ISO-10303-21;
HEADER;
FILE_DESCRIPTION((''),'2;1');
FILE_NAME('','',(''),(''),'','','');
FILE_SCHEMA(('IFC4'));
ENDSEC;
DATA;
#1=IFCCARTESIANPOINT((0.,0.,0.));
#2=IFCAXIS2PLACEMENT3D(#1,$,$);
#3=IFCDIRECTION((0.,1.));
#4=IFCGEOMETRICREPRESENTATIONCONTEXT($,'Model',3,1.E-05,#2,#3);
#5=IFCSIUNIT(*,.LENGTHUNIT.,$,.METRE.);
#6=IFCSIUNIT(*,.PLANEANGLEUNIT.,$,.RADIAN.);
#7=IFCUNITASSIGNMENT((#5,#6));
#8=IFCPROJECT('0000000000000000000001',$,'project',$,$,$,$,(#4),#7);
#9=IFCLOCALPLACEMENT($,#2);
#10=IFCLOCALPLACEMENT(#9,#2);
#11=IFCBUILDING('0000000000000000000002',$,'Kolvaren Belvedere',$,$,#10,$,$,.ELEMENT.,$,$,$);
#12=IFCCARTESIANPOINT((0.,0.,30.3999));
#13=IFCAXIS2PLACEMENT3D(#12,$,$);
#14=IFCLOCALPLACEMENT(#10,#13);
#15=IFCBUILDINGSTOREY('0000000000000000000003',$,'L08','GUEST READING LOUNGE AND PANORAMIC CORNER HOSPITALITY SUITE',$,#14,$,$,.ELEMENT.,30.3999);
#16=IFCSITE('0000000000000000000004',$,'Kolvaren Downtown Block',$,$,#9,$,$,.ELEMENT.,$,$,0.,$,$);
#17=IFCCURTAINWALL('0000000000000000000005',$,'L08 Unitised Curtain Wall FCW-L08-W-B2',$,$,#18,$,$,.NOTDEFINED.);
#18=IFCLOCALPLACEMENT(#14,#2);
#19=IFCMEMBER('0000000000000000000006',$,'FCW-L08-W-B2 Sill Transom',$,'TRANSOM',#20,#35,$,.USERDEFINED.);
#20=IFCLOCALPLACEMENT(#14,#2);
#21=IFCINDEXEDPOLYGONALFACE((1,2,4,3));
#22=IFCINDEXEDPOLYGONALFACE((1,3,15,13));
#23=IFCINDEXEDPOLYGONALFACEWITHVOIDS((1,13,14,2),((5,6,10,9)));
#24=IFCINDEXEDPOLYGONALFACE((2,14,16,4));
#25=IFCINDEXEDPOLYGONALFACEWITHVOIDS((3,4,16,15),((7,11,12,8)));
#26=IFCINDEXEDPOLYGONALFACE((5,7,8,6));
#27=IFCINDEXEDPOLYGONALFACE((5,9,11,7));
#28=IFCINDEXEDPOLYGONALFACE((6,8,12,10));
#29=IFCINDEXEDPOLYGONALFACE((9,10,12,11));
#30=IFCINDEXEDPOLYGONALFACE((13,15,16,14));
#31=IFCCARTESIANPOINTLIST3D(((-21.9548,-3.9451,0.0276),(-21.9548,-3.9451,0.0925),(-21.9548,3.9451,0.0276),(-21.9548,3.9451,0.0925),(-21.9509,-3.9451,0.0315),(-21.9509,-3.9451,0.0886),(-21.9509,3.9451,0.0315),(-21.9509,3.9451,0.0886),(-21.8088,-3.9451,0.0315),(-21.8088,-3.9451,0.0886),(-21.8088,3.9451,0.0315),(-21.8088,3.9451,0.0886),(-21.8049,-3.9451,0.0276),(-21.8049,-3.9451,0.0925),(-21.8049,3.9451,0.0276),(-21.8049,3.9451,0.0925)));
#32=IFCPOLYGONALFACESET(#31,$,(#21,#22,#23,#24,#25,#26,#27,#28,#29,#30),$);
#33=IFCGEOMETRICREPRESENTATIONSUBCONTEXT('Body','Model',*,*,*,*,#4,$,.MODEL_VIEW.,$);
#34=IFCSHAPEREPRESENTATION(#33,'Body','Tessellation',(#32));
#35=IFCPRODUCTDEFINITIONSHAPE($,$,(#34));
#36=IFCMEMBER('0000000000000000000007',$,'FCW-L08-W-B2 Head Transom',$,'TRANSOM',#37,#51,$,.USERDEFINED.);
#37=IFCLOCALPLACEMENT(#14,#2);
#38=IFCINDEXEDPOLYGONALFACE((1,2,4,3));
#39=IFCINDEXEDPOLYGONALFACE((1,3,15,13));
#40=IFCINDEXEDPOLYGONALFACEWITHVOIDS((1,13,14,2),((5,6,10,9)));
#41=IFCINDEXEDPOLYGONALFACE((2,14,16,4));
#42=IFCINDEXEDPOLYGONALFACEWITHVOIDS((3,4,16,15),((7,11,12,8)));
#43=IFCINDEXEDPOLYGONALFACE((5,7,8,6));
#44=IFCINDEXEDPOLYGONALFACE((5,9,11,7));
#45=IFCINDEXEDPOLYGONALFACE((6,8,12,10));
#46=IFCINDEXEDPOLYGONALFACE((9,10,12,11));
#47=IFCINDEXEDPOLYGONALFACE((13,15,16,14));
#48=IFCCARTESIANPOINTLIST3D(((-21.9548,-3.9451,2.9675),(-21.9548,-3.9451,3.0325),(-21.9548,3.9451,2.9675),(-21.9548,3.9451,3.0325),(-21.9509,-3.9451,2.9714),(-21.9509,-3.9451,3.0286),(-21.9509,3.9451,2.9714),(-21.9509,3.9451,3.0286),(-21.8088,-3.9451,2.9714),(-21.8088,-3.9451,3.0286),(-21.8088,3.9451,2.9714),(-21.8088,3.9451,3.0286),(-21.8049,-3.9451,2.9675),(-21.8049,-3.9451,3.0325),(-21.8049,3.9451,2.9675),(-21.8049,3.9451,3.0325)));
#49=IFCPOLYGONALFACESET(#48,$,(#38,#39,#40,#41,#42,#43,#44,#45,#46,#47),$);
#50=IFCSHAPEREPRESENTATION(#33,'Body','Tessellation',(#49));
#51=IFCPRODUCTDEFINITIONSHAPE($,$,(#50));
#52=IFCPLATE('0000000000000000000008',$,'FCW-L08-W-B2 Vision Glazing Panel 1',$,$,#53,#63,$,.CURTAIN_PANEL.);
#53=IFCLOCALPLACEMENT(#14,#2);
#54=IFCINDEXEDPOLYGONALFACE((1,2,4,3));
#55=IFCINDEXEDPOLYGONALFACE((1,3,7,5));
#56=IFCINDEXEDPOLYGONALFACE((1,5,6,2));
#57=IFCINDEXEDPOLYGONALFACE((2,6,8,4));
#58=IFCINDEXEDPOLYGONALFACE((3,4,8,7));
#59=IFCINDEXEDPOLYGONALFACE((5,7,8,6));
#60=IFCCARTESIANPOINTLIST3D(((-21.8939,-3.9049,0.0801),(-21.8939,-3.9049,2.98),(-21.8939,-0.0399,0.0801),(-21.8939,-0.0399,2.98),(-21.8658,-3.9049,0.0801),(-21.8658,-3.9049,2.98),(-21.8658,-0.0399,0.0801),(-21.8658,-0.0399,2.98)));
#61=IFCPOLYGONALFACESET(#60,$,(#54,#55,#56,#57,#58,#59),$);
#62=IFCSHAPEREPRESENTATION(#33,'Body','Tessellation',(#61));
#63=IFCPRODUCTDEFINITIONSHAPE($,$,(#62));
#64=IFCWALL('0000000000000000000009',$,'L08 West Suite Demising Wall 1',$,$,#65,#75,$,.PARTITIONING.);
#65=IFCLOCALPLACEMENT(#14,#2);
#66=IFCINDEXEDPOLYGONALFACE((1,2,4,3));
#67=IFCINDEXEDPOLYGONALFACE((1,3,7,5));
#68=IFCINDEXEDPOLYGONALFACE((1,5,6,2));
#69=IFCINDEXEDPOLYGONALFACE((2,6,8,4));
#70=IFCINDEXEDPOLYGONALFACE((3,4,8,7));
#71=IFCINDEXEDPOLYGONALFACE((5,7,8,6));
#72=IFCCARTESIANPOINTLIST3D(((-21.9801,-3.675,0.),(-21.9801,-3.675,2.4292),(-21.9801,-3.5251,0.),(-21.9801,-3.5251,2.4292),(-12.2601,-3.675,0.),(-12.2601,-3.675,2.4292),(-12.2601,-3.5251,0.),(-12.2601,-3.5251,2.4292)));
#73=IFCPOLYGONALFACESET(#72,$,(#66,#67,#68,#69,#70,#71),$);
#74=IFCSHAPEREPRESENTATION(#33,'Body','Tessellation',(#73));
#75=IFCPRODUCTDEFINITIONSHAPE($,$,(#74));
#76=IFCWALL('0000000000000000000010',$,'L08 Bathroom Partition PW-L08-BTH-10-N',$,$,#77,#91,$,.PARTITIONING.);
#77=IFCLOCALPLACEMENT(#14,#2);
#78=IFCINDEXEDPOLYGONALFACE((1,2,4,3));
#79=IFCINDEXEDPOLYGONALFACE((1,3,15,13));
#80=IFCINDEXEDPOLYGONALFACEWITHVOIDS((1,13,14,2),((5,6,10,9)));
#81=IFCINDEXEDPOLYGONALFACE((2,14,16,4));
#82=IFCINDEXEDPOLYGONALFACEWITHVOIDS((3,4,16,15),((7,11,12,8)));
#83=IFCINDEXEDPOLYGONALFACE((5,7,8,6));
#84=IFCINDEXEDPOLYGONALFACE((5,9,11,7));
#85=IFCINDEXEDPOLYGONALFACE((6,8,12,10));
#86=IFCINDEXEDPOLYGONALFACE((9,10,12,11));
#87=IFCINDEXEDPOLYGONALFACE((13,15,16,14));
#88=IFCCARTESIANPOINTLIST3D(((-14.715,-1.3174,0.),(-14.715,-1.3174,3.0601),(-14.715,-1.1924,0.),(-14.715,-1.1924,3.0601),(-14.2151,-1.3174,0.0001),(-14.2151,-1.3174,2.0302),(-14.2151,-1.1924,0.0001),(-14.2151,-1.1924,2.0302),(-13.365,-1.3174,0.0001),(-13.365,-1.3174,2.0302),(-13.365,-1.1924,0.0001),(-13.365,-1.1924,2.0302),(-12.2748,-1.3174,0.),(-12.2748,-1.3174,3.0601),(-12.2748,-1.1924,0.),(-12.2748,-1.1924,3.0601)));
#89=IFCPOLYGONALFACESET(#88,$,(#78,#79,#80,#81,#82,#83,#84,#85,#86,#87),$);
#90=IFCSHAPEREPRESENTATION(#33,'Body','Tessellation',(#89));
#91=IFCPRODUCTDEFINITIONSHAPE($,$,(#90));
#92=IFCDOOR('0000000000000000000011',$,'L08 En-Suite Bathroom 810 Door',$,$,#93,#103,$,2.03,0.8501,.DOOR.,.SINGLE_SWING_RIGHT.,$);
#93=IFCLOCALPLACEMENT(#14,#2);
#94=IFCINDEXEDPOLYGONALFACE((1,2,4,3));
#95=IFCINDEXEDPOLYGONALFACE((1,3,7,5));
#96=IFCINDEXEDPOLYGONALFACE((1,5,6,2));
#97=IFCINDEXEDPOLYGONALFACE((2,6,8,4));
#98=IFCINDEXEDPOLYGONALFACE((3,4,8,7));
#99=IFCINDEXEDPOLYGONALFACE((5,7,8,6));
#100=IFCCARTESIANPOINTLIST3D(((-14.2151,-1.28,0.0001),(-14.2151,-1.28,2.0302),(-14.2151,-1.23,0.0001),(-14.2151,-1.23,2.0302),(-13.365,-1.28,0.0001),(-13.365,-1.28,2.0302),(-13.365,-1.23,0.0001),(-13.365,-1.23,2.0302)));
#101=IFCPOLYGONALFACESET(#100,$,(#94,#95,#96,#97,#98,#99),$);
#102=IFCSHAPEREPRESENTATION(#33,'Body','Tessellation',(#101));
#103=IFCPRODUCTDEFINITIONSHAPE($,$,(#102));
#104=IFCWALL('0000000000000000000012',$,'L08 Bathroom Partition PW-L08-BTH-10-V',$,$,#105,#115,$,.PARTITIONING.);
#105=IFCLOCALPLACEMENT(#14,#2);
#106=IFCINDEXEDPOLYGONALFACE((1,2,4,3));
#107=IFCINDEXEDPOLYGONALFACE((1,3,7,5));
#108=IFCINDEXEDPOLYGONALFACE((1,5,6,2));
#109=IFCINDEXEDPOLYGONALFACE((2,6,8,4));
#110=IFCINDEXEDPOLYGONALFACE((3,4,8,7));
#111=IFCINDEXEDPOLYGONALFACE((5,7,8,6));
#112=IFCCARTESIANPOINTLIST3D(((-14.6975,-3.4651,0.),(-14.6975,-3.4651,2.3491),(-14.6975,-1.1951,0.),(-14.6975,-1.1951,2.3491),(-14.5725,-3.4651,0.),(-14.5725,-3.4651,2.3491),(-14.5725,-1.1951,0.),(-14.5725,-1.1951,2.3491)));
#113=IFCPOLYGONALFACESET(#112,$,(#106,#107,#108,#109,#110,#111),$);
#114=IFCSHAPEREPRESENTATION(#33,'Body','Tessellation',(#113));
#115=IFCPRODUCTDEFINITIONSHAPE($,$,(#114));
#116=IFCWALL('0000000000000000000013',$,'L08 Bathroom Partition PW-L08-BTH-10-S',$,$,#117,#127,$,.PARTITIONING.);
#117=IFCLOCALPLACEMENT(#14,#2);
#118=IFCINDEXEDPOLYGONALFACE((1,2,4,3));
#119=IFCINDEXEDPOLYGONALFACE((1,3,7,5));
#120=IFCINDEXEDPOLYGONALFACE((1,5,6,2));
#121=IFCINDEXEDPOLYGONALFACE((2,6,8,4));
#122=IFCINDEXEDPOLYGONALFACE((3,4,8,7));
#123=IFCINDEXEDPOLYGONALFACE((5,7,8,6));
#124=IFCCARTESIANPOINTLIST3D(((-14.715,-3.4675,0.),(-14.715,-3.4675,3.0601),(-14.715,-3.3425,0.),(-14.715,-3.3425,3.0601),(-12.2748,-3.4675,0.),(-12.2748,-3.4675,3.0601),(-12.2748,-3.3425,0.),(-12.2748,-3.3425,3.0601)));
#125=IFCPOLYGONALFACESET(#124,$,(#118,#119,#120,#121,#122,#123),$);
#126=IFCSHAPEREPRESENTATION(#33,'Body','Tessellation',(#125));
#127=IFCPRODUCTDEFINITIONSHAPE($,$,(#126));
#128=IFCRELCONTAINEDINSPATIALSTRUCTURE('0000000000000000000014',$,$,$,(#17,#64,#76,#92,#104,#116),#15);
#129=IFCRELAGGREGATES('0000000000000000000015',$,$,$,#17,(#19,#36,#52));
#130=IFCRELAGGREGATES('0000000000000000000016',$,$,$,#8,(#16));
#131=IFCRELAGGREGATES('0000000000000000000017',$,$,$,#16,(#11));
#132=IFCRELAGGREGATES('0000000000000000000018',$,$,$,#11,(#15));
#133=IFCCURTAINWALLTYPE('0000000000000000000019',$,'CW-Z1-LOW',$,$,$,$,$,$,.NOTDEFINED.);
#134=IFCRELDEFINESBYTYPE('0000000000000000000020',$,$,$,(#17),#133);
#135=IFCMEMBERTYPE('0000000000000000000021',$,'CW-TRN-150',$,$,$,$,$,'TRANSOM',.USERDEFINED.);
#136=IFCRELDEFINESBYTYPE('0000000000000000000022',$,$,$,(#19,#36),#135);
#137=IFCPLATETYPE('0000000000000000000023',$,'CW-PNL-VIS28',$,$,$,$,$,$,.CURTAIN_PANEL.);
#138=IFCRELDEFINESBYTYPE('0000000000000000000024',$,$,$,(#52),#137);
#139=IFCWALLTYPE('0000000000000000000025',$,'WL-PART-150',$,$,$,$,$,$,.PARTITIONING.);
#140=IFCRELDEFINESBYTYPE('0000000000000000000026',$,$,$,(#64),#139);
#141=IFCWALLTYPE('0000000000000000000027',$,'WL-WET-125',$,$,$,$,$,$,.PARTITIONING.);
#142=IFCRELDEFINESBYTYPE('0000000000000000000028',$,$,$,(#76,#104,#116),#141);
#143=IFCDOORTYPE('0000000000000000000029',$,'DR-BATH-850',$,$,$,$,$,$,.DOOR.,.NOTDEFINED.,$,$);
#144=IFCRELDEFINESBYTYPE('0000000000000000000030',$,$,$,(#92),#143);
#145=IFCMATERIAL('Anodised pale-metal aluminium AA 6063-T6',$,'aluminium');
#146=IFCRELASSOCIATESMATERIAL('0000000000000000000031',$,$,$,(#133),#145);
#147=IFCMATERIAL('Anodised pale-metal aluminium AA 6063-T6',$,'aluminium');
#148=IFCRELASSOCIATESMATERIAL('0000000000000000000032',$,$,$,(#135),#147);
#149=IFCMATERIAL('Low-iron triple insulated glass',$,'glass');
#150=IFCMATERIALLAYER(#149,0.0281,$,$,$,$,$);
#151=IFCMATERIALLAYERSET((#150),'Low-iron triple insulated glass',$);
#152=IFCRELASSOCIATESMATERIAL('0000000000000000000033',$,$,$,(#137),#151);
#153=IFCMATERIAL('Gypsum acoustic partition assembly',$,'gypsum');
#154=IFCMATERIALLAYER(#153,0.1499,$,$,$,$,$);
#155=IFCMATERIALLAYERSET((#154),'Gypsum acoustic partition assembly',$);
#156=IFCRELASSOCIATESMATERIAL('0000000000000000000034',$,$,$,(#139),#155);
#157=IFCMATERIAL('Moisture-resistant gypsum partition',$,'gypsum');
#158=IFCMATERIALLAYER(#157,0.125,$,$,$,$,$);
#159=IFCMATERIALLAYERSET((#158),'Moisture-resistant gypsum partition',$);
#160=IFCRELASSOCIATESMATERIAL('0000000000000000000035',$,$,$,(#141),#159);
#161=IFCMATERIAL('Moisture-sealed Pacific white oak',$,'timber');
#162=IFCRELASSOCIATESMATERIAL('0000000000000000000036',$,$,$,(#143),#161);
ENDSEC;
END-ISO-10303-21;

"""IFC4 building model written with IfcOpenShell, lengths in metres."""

from ifc_helpers import new_model, si_unit, direction, frame, frame_2d, origin, origin_2d, place, context, subcontext, project, spatial, rectangle, hollow_rectangle, extrude, material, layer, layer_set, material_profile, profile_set, type_object, element, fill, aggregate, save


model = new_model("IFC4")

# Units and contexts
model_context = context("Model", 3, precision=1e-05, world=origin(), true_north=direction((0.0, 1.0)))
body_context = subcontext(model_context, "Body", "Model", "MODEL_VIEW")
ifc_project = project(units=[si_unit("LENGTHUNIT", "METRE"), si_unit("PLANEANGLEUNIT", "RADIAN")], contexts=[model_context])

# Site, building, storey
site_placement = place(None, origin())
site = spatial("IfcSite", under=ifc_project, at=site_placement, Name="Kolvaren Downtown Block", CompositionType="ELEMENT", RefElevation=0.0)
building_placement = place(site_placement, origin())
building = spatial("IfcBuilding", under=site, at=building_placement, Name="Kolvaren Belvedere", CompositionType="ELEMENT")
storey_placement = place(building_placement, frame((0.0, 0.0, 30.3999)))
storey = spatial("IfcBuildingStorey", under=building, at=storey_placement, Name="L08", Description="GUEST READING LOUNGE AND PANORAMIC CORNER HOSPITALITY SUITE", CompositionType="ELEMENT", Elevation=30.3999)

# Curtain wall, members, plate
ifc_material_1 = material(Name="Anodised pale-metal aluminium AA 6063-T6", Category="aluminium")
curtain_wall_type = type_object("IfcCurtainWallType", Name="CW-Z1-LOW", PredefinedType="NOTDEFINED", material=ifc_material_1)
curtain_wall_placement = place(storey_placement, origin())
curtain_wall = element("IfcCurtainWall", 1, at=curtain_wall_placement, inside=storey, type_object=curtain_wall_type, Name="L08 Unitised Curtain Wall FCW-L08-W-B2", PredefinedType="NOTDEFINED")
ifc_material_2 = material(Name="Anodised pale-metal aluminium AA 6063-T6", Category="aluminium")
ifc_material_profile_1 = material_profile(ifc_material_2, hollow_rectangle(XDim=0.0649, YDim=0.1499, WallThickness=0.0039, at=origin_2d()), Name="ALU-TRN-150X65")
ifc_profile_set_1 = profile_set([ifc_material_profile_1], Name="Anodised pale-metal aluminium AA 6063-T6")
member_type_1 = type_object("IfcMemberType", Name="CW-TRN-150", ElementType="TRANSOM", PredefinedType="USERDEFINED", material=ifc_profile_set_1)
member_1_placement = place(storey_placement, frame((-21.8799, -3.9451, 0.0601), z_axis=(0.0, 1.0, 0.0), x_axis=(0.0, 0.0, 1.0)))
member_1 = element("IfcMember", 2, at=member_1_placement, type_object=member_type_1, Name="FCW-L08-W-B2 Sill Transom", ObjectType="TRANSOM", PredefinedType="USERDEFINED", context=body_context, shape_type="SweptSolid", body=[
    extrude(hollow_rectangle(XDim=0.0649, YDim=0.1499, WallThickness=0.0039, at=origin_2d()), origin(), (0.0, 0.0, 1.0), 7.8901),
])
member_2_placement = place(storey_placement, frame((-21.8799, -3.9451, 3.0), z_axis=(0.0, 1.0, 0.0), x_axis=(0.0, 0.0, 1.0)))
member_2 = element("IfcMember", 3, at=member_2_placement, type_object=member_type_1, Name="FCW-L08-W-B2 Head Transom", ObjectType="TRANSOM", PredefinedType="USERDEFINED", context=body_context, shape_type="SweptSolid", body=[
    extrude(hollow_rectangle(XDim=0.0649, YDim=0.1499, WallThickness=0.0039, at=origin_2d()), origin(), (0.0, 0.0, 1.0), 7.8901),
])
ifc_material_3 = material(Name="Low-iron triple insulated glass", Category="glass")
ifc_layer_1 = layer(ifc_material_3, 0.0281)
ifc_layer_set_1 = layer_set([ifc_layer_1], Name="Low-iron triple insulated glass")
plate_type = type_object("IfcPlateType", Name="CW-PNL-VIS28", PredefinedType="CURTAIN_PANEL", material=ifc_layer_set_1)
plate_placement = place(storey_placement, frame((-21.8799, -1.9724, 0.0801), z_axis=(0.0, 0.0, 1.0), x_axis=(0.0, 1.0, 0.0)))
plate = element("IfcPlate", 4, at=plate_placement, type_object=plate_type, Name="FCW-L08-W-B2 Vision Glazing Panel 1", PredefinedType="CURTAIN_PANEL", context=body_context, shape_type="SweptSolid", body=[
    extrude(rectangle(XDim=3.865, YDim=0.0281, at=origin_2d()), origin(), (0.0, 0.0, 1.0), 2.8999),
])
aggregate(curtain_wall, [member_1, member_2, plate])

# Wall
ifc_material_4 = material(Name="Gypsum acoustic partition assembly", Category="gypsum")
ifc_layer_2 = layer(ifc_material_4, 0.1499)
ifc_layer_set_2 = layer_set([ifc_layer_2], Name="Gypsum acoustic partition assembly")
wall_type_1 = type_object("IfcWallType", Name="WL-PART-150", PredefinedType="PARTITIONING", material=ifc_layer_set_2)
wall_1_placement = place(storey_placement, frame((-21.98, -3.6001, 0.0), z_axis=(0.0, 0.0, 1.0), x_axis=(1.0, 0.0, 0.0)))
element("IfcWall", 5, at=wall_1_placement, inside=storey, type_object=wall_type_1, Name="L08 West Suite Demising Wall 1", PredefinedType="PARTITIONING", context=body_context, shape_type="SweptSolid", body=[
    extrude(rectangle(XDim=9.72, YDim=0.1499, at=frame_2d((4.8599, 0.0))), origin(), (0.0, 0.0, 1.0), 2.4292),
])

# Wall, opening, door
ifc_material_5 = material(Name="Moisture-resistant gypsum partition", Category="gypsum")
ifc_layer_3 = layer(ifc_material_5, 0.125)
ifc_layer_set_3 = layer_set([ifc_layer_3], Name="Moisture-resistant gypsum partition")
wall_type_2 = type_object("IfcWallType", Name="WL-WET-125", PredefinedType="PARTITIONING", material=ifc_layer_set_3)
wall_2_placement = place(storey_placement, frame((-14.7151, -1.2549, 0.0), z_axis=(0.0, 0.0, 1.0), x_axis=(1.0, 0.0, 0.0)))
wall_2 = element("IfcWall", 6, at=wall_2_placement, inside=storey, type_object=wall_type_2, Name="L08 Bathroom Partition PW-L08-BTH-10-N", PredefinedType="PARTITIONING", context=body_context, shape_type="SweptSolid", body=[
    extrude(rectangle(XDim=2.4402, YDim=0.125, at=frame_2d((1.2202, 0.0))), origin(), (0.0, 0.0, 1.0), 3.0601),
])
opening_placement = place(wall_2_placement, frame((0.5, 0.0, 0.0)))
opening = element("IfcOpeningElement", 7, at=opening_placement, cuts=wall_2, PredefinedType="OPENING", context=body_context, shape_type="SweptSolid", body=[
    extrude(rectangle(XDim=0.8501, YDim=2.03, at=frame_2d((0.425, 1.0151))), frame((0.0, 0.0725, 0.0), z_axis=(0.0, -1.0, 0.0), x_axis=(1.0, 0.0, 0.0)), (0.0, 0.0, 1.0), 0.145),
])
ifc_material_6 = material(Name="Moisture-sealed Pacific white oak", Category="timber")
door_type = type_object("IfcDoorType", Name="DR-BATH-850", OperationType="NOTDEFINED", PredefinedType="DOOR", material=ifc_material_6)
door_placement = place(opening_placement, origin())
door = element("IfcDoor", 8, at=door_placement, inside=storey, type_object=door_type, Name="L08 En-Suite Bathroom 810 Door", OperationType="SINGLE_SWING_RIGHT", OverallHeight=2.03, OverallWidth=0.8501, PredefinedType="DOOR", context=body_context, shape_type="SweptSolid", body=[
    extrude(rectangle(XDim=0.8501, YDim=2.03, at=frame_2d((0.425, 1.0151))), frame((0.0, 0.0249, 0.0), z_axis=(0.0, -1.0, 0.0), x_axis=(1.0, 0.0, 0.0)), (0.0, 0.0, 1.0), 0.05),
])
fill(opening, door)

# Walls
wall_3_placement = place(storey_placement, frame((-14.635, -3.4651, 0.0), z_axis=(0.0, 0.0, 1.0), x_axis=(0.0, 1.0, 0.0)))
element("IfcWall", 9, at=wall_3_placement, inside=storey, type_object=wall_type_2, Name="L08 Bathroom Partition PW-L08-BTH-10-V", PredefinedType="PARTITIONING", context=body_context, shape_type="SweptSolid", body=[
    extrude(rectangle(XDim=2.27, YDim=0.125, at=frame_2d((1.135, 0.0))), origin(), (0.0, 0.0, 1.0), 2.3491),
])
wall_4_placement = place(storey_placement, frame((-14.7151, -3.405, 0.0), z_axis=(0.0, 0.0, 1.0), x_axis=(1.0, 0.0, 0.0)))
element("IfcWall", 10, at=wall_4_placement, inside=storey, type_object=wall_type_2, Name="L08 Bathroom Partition PW-L08-BTH-10-S", PredefinedType="PARTITIONING", context=body_context, shape_type="SweptSolid", body=[
    extrude(rectangle(XDim=2.4402, YDim=0.125, at=frame_2d((1.2202, 0.0))), origin(), (0.0, 0.0, 1.0), 3.0601),
])

save(model, "model.ifc")
